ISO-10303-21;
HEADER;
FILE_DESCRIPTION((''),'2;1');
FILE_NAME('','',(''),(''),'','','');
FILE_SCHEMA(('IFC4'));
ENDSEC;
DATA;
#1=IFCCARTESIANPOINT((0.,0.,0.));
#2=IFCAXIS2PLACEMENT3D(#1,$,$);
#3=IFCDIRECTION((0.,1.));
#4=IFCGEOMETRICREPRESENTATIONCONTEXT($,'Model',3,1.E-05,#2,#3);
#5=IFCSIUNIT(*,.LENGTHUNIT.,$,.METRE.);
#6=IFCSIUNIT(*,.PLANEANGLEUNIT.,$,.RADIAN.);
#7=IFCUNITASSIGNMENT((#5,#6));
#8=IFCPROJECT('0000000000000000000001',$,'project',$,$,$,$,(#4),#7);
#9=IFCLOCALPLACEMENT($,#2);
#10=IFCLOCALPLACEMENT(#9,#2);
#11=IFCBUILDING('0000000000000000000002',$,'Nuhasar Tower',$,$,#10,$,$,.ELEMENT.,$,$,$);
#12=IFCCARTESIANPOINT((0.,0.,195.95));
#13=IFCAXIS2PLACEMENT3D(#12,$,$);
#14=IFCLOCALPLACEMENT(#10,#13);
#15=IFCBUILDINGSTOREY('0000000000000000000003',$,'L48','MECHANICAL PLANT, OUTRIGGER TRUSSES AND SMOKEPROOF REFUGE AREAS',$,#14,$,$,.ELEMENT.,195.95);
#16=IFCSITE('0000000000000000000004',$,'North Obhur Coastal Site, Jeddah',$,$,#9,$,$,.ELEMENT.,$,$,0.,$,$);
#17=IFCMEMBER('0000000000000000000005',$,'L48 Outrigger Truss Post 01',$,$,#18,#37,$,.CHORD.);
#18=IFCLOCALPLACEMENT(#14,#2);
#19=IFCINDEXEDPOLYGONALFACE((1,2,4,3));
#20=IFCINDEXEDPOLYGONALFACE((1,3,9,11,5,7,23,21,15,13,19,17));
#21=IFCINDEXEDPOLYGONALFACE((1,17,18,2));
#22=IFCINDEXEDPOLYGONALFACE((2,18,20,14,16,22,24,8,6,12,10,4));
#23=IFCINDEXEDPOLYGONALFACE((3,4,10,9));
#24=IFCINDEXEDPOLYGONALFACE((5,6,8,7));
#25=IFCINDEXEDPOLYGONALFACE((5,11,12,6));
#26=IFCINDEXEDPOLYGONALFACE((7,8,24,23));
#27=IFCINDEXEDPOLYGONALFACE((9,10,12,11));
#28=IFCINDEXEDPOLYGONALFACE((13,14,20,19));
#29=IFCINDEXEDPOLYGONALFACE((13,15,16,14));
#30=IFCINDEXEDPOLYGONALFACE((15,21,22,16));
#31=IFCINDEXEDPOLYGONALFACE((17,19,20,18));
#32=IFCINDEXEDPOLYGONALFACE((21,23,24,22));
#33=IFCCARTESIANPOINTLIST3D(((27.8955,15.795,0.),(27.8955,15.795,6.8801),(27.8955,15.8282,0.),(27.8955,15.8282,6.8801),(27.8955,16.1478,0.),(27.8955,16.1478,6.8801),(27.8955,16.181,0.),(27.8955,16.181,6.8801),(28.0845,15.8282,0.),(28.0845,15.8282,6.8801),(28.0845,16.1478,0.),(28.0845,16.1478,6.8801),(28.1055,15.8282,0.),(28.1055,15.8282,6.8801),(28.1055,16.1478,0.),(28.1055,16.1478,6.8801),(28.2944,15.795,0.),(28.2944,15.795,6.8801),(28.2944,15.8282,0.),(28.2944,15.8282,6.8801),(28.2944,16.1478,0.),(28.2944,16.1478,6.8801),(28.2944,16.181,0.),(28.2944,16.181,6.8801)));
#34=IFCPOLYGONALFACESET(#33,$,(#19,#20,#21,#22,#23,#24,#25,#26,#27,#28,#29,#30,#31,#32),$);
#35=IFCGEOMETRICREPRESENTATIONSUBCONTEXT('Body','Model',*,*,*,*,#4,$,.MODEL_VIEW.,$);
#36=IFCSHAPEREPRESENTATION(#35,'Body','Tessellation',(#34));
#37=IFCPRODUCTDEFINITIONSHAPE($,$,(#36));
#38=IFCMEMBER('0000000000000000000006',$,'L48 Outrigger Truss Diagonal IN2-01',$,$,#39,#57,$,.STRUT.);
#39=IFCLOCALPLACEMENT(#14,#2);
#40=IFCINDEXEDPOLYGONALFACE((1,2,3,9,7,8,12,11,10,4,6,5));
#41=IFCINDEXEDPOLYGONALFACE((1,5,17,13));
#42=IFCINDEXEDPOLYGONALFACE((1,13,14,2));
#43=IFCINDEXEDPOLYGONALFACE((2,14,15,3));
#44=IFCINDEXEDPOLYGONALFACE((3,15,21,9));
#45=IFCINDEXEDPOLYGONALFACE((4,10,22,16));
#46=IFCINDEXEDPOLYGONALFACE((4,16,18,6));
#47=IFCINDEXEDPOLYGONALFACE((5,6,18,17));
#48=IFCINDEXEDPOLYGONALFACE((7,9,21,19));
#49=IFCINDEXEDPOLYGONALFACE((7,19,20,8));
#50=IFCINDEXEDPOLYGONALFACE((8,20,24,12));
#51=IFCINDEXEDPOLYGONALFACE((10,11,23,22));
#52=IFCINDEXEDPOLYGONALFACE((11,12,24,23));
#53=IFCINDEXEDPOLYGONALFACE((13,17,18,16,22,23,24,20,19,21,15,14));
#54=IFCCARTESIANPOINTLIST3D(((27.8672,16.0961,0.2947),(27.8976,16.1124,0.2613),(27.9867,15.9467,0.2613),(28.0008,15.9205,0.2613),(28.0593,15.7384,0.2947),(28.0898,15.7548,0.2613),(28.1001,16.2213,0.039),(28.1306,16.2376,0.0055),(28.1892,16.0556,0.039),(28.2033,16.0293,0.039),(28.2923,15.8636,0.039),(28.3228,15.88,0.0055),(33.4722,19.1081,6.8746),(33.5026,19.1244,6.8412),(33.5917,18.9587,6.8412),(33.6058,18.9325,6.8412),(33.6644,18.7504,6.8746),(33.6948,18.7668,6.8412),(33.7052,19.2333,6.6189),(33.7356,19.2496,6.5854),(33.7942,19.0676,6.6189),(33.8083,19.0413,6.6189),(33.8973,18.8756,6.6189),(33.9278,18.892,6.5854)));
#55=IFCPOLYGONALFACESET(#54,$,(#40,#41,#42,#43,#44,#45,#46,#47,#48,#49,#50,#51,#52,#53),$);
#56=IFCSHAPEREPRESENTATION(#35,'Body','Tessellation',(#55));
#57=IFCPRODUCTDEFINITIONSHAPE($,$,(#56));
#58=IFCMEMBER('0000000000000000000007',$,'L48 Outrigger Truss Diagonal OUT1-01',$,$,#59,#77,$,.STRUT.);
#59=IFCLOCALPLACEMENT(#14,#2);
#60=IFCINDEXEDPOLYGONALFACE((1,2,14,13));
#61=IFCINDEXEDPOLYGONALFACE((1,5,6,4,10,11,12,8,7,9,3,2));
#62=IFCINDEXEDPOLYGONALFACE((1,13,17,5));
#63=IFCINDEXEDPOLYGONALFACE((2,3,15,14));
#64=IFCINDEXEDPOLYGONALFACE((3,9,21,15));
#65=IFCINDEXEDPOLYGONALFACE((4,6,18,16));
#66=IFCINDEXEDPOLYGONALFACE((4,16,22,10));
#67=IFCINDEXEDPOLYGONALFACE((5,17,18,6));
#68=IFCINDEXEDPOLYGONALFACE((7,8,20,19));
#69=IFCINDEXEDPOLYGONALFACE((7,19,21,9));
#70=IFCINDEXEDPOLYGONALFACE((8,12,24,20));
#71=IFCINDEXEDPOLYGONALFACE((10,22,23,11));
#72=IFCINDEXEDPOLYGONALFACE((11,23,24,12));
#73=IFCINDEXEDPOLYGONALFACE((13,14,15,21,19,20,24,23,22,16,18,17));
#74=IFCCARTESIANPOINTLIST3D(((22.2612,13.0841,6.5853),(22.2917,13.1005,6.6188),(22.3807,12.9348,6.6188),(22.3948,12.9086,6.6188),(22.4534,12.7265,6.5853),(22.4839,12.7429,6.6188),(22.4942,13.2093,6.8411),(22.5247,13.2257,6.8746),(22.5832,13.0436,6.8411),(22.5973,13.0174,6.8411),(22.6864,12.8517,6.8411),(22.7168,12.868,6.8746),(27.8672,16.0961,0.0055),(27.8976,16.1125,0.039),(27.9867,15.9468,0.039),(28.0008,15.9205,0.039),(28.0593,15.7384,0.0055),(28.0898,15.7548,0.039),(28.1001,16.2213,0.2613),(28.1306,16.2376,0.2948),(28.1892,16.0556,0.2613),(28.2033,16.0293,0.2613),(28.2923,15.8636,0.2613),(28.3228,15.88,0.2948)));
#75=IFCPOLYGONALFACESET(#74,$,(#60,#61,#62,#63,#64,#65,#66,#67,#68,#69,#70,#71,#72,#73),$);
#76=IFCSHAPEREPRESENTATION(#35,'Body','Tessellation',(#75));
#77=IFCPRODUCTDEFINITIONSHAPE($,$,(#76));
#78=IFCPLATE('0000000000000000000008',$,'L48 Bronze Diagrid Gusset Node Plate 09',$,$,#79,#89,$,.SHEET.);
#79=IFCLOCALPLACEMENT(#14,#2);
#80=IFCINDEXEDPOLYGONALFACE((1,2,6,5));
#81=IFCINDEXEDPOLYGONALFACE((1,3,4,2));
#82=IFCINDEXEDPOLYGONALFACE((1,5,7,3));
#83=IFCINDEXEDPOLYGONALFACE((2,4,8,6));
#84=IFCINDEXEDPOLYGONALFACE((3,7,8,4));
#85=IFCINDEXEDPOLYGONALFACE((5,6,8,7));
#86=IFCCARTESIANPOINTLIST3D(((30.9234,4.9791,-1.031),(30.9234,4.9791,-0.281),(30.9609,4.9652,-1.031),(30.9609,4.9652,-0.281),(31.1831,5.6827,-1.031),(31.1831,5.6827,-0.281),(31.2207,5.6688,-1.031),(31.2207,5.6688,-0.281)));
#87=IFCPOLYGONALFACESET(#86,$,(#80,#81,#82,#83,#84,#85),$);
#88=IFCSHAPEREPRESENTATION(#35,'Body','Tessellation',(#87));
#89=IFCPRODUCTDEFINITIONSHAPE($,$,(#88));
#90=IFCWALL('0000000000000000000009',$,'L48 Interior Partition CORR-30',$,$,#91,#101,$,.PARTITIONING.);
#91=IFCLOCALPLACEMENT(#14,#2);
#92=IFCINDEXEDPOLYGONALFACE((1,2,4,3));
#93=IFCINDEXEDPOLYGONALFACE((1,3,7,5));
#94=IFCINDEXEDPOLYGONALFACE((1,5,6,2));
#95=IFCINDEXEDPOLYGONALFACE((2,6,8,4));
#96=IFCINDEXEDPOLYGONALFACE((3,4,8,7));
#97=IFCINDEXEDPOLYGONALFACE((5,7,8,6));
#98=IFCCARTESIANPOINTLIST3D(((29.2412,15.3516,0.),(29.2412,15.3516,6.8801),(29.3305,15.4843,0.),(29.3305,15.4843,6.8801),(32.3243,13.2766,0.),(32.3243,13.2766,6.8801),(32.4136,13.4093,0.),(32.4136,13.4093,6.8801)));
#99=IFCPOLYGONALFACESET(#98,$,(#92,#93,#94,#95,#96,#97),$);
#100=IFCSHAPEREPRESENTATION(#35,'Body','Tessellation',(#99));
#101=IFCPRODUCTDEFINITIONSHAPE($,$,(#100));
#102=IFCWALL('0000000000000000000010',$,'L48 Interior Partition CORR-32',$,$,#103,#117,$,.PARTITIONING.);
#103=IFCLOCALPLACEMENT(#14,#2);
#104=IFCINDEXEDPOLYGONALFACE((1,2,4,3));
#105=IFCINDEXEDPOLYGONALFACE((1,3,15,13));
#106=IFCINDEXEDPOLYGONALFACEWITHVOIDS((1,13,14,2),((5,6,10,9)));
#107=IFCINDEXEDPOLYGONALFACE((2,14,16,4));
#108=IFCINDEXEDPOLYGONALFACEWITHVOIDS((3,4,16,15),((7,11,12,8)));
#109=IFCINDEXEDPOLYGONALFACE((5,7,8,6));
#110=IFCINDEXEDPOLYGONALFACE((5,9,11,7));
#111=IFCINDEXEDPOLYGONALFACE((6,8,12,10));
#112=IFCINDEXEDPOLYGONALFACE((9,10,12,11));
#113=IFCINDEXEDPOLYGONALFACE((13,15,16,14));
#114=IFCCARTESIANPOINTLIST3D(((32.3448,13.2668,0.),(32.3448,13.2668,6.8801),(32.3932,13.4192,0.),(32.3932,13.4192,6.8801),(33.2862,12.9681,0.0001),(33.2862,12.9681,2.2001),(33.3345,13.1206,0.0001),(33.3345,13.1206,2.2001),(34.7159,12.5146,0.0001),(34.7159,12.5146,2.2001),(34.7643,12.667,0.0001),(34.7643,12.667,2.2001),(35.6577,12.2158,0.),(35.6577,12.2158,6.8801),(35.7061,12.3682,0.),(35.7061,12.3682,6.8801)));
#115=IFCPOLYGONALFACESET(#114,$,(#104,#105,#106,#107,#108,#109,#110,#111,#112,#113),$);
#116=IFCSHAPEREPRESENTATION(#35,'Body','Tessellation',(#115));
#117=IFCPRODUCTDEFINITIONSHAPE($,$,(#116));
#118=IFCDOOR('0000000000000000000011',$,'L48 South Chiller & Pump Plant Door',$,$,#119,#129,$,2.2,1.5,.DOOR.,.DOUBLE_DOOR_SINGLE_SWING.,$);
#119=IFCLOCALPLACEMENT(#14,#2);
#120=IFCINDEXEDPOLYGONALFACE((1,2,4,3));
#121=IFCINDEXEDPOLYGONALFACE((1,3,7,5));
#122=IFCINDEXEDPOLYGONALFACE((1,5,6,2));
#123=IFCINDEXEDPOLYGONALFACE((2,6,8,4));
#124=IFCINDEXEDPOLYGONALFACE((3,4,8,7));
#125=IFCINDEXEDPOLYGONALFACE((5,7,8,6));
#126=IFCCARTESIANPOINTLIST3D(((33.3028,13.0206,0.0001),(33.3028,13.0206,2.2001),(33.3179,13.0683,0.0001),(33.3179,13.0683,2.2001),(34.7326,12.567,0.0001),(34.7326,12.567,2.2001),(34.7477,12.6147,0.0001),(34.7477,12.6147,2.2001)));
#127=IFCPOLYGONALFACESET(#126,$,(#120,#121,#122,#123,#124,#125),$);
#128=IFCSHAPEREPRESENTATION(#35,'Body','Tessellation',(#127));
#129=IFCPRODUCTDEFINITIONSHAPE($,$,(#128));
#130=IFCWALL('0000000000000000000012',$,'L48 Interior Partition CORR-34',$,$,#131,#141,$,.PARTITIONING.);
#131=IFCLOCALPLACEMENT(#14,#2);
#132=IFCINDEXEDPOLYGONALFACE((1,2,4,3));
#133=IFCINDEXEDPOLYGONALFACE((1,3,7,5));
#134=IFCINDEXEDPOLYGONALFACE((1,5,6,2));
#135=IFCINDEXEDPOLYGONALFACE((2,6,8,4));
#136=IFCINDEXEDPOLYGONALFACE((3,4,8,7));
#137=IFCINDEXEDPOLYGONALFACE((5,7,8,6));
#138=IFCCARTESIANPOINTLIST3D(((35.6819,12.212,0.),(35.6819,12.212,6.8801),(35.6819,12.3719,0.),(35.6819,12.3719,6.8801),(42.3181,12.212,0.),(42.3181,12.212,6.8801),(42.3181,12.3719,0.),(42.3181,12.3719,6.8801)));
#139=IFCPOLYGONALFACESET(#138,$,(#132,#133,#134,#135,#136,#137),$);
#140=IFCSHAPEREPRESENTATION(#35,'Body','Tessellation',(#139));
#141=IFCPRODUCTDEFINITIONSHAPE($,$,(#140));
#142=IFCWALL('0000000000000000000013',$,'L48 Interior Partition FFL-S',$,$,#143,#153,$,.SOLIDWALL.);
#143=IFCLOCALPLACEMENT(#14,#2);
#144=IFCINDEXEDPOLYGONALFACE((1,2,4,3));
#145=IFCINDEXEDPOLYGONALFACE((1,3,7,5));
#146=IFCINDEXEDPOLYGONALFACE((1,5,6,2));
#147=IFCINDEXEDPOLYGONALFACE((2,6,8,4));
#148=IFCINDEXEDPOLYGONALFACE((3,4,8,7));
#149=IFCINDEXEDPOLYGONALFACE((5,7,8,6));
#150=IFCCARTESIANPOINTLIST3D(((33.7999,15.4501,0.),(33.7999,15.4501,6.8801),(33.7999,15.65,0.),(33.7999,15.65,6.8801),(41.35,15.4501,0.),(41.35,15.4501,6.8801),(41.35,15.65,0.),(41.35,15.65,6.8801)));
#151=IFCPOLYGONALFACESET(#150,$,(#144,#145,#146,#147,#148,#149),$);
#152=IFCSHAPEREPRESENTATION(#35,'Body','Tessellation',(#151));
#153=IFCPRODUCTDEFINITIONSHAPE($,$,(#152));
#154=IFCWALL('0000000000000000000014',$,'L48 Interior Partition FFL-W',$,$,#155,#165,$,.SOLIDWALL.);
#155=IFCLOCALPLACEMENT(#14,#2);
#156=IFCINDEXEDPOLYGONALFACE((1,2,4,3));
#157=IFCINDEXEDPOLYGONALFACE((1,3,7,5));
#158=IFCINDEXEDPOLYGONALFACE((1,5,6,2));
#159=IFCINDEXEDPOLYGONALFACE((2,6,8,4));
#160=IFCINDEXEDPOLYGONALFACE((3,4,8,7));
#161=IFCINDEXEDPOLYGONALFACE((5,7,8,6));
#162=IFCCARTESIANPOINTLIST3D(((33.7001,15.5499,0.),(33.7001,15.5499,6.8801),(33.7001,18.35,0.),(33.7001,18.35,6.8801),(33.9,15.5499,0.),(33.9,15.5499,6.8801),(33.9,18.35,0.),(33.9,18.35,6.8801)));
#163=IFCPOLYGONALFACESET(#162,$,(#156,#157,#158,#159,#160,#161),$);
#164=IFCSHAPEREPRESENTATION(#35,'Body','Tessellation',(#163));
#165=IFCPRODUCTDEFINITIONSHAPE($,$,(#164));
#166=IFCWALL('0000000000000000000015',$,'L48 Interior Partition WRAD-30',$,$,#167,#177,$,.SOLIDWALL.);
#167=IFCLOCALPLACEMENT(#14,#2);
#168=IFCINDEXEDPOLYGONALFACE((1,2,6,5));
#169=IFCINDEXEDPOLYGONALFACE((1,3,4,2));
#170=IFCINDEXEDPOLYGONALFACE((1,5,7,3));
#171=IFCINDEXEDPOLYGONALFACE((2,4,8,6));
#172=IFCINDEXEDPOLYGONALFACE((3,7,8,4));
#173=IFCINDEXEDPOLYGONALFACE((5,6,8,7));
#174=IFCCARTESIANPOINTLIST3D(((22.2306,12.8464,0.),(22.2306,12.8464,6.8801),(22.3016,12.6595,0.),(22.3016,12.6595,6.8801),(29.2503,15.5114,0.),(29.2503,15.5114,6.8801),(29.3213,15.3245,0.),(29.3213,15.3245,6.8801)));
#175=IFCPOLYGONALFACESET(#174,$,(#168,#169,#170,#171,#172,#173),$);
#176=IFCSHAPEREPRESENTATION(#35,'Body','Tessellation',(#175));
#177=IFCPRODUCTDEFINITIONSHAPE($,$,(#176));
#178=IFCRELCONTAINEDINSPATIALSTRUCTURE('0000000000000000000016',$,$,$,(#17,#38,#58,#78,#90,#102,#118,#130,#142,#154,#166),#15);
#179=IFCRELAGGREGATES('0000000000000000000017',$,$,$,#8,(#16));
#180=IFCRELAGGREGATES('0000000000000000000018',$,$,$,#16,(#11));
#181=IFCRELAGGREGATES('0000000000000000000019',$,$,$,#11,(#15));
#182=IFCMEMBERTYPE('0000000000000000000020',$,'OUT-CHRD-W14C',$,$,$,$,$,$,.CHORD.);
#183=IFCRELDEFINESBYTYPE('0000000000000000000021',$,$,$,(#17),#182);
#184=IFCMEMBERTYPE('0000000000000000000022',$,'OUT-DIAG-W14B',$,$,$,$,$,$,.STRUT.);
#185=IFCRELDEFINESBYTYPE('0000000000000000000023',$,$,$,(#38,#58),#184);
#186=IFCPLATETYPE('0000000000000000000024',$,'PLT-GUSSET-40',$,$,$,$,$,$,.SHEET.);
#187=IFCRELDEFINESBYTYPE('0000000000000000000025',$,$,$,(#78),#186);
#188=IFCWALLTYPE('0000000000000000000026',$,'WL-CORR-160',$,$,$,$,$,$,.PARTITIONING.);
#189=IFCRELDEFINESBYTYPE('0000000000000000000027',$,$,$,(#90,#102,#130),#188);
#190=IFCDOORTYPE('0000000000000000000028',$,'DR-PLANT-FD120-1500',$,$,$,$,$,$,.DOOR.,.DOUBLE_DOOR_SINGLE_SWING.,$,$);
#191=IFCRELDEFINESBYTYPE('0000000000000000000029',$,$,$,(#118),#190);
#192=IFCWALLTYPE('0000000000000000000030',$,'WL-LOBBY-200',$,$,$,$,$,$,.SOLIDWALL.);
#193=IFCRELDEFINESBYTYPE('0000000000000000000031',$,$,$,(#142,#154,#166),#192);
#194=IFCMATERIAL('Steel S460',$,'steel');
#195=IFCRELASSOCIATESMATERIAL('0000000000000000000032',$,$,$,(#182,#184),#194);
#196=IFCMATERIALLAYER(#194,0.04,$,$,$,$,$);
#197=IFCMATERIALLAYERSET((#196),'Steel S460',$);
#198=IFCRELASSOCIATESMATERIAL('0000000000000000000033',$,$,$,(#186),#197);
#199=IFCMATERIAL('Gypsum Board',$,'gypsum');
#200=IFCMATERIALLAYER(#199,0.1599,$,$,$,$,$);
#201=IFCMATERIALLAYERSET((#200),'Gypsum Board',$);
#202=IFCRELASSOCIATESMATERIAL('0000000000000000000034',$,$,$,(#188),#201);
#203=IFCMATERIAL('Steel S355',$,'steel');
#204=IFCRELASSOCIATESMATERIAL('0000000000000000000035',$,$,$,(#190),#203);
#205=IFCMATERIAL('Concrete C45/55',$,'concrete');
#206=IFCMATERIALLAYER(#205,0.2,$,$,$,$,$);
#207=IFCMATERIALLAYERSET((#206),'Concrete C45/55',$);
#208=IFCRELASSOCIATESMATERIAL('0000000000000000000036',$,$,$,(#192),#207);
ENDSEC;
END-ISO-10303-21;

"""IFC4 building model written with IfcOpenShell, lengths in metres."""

from ifc_helpers import new_model, si_unit, direction, frame, frame_2d, origin, origin_2d, place, context, subcontext, project, spatial, rectangle, i_section, extrude, material, layer, layer_set, material_profile, profile_set, type_object, element, fill, save


model = new_model("IFC4")

# Units and contexts
model_context = context("Model", 3, precision=1e-05, world=origin(), true_north=direction((0.0, 1.0)))
body_context = subcontext(model_context, "Body", "Model", "MODEL_VIEW")
ifc_project = project(units=[si_unit("LENGTHUNIT", "METRE"), si_unit("PLANEANGLEUNIT", "RADIAN")], contexts=[model_context])

# Site, building, storey
site_placement = place(None, origin())
site = spatial("IfcSite", under=ifc_project, at=site_placement, Name="North Obhur Coastal Site, Jeddah", CompositionType="ELEMENT", RefElevation=0.0)
building_placement = place(site_placement, origin())
building = spatial("IfcBuilding", under=site, at=building_placement, Name="Nuhasar Tower", CompositionType="ELEMENT")
storey_placement = place(building_placement, frame((0.0, 0.0, 195.95)))
storey = spatial("IfcBuildingStorey", under=building, at=storey_placement, Name="L48", Description="MECHANICAL PLANT, OUTRIGGER TRUSSES AND SMOKEPROOF REFUGE AREAS", CompositionType="ELEMENT", Elevation=195.95)

# Shared definitions
ifc_material_1 = material(Name="Steel S460", Category="steel")

# Shared definitions
ifc_material_2 = material(Name="Steel S355", Category="steel")

# Members
ifc_material_profile_1 = material_profile(ifc_material_1, i_section(OverallWidth=0.3989, OverallDepth=0.386, WebThickness=0.021, FlangeThickness=0.0332, at=origin_2d()), Name="W14X176")
ifc_profile_set_1 = profile_set([ifc_material_profile_1], Name="Steel S460")
member_type_1 = type_object("IfcMemberType", Name="OUT-CHRD-W14C", PredefinedType="CHORD", material=ifc_profile_set_1)
member_1_placement = place(storey_placement, frame((28.095, 15.988, 0.0), z_axis=(0.0, 0.0, 1.0), x_axis=(1.0, 0.0, 0.0)))
element("IfcMember", 1, at=member_1_placement, inside=storey, type_object=member_type_1, Name="L48 Outrigger Truss Post 01", PredefinedType="CHORD", context=body_context, shape_type="SweptSolid", body=[
    extrude(i_section(OverallWidth=0.3989, OverallDepth=0.386, WebThickness=0.021, FlangeThickness=0.0332, at=origin_2d()), origin(), (0.0, 0.0, 1.0), 6.8801),
])
ifc_material_profile_2 = material_profile(ifc_material_1, i_section(OverallWidth=0.406, OverallDepth=0.416, WebThickness=0.0298, FlangeThickness=0.0481, at=origin_2d()), Name="W14X257")
ifc_profile_set_2 = profile_set([ifc_material_profile_2], Name="Steel S460")
member_type_2 = type_object("IfcMemberType", Name="OUT-DIAG-W14B", PredefinedType="STRUT", material=ifc_profile_set_2)
member_2_placement = place(storey_placement, frame((28.095, 15.988, 0.1501), z_axis=(0.612349, 0.329059, 0.718852), x_axis=(-0.473356, 0.880871, 0.0)))
element("IfcMember", 2, at=member_2_placement, inside=storey, type_object=member_type_2, Name="L48 Outrigger Truss Diagonal IN2-01", PredefinedType="STRUT", context=body_context, shape_type="SweptSolid", body=[
    extrude(i_section(OverallWidth=0.406, OverallDepth=0.416, WebThickness=0.0298, FlangeThickness=0.0481, at=origin_2d()), origin(), (0.0, 0.0, 1.0), 9.1533),
])
member_3_placement = place(storey_placement, frame((28.095, 15.988, 0.1501), z_axis=(-0.612416, -0.329038, 0.718805), x_axis=(0.473292, -0.880906, 0.0)))
element("IfcMember", 3, at=member_3_placement, inside=storey, type_object=member_type_2, Name="L48 Outrigger Truss Diagonal OUT1-01", PredefinedType="STRUT", context=body_context, shape_type="SweptSolid", body=[
    extrude(i_section(OverallWidth=0.406, OverallDepth=0.416, WebThickness=0.0298, FlangeThickness=0.0481, at=origin_2d()), origin(), (0.0, 0.0, 1.0), 9.1538),
])

# Plate
ifc_layer_1 = layer(ifc_material_1, 0.04)
ifc_layer_set_1 = layer_set([ifc_layer_1], Name="Steel S460")
plate_type = type_object("IfcPlateType", Name="PLT-GUSSET-40", PredefinedType="SHEET", material=ifc_layer_set_1)
plate_placement = place(storey_placement, frame((31.072, 5.324, -1.031), z_axis=(0.0, 0.0, 1.0), x_axis=(-0.346314, -0.938119, 0.0)))
element("IfcPlate", 4, at=plate_placement, inside=storey, type_object=plate_type, Name="L48 Bronze Diagrid Gusset Node Plate 09", PredefinedType="SHEET", context=body_context, shape_type="SweptSolid", body=[
    extrude(rectangle(XDim=0.75, YDim=0.04, at=origin_2d()), origin(), (0.0, 0.0, 1.0), 0.75),
])

# Wall
ifc_material_3 = material(Name="Gypsum Board", Category="gypsum")
ifc_layer_2 = layer(ifc_material_3, 0.1599)
ifc_layer_set_2 = layer_set([ifc_layer_2], Name="Gypsum Board")
wall_type_1 = type_object("IfcWallType", Name="WL-CORR-160", PredefinedType="PARTITIONING", material=ifc_layer_set_2)
wall_1_placement = place(storey_placement, frame((29.2859, 15.418, 0.0), z_axis=(0.0, 0.0, 1.0), x_axis=(0.829606, -0.558349, 0.0)))
element("IfcWall", 5, at=wall_1_placement, inside=storey, type_object=wall_type_1, Name="L48 Interior Partition CORR-30", PredefinedType="PARTITIONING", context=body_context, shape_type="SweptSolid", body=[
    extrude(rectangle(XDim=3.7163, YDim=0.1599, at=frame_2d((1.8582, 0.0))), origin(), (0.0, 0.0, 1.0), 6.8801),
])

# Wall, opening, door
wall_2_placement = place(storey_placement, frame((35.6819, 12.292, 0.0), z_axis=(0.0, 0.0, 1.0), x_axis=(-0.953184, 0.302392, 0.0)))
wall_2 = element("IfcWall", 6, at=wall_2_placement, inside=storey, type_object=wall_type_1, Name="L48 Interior Partition CORR-32", PredefinedType="PARTITIONING", context=body_context, shape_type="SweptSolid", body=[
    extrude(rectangle(XDim=3.4756, YDim=0.1599, at=frame_2d((1.7378, 0.0))), origin(), (0.0, 0.0, 1.0), 6.8801),
])
opening_placement = place(wall_2_placement, frame((0.988, 0.0, 0.0)))
opening = element("IfcOpeningElement", 7, at=opening_placement, cuts=wall_2, PredefinedType="OPENING", context=body_context, shape_type="SweptSolid", body=[
    extrude(rectangle(XDim=1.5, YDim=2.2, at=frame_2d((0.75, 1.1001))), frame((0.0, 0.0898, 0.0), z_axis=(0.0, -1.0, 0.0), x_axis=(1.0, 0.0, 0.0)), (0.0, 0.0, 1.0), 0.1799),
])
door_type = type_object("IfcDoorType", Name="DR-PLANT-FD120-1500", OperationType="DOUBLE_DOOR_SINGLE_SWING", PredefinedType="DOOR", material=ifc_material_2)
door_placement = place(opening_placement, origin())
door = element("IfcDoor", 8, at=door_placement, inside=storey, type_object=door_type, Name="L48 South Chiller & Pump Plant Door", OperationType="DOUBLE_DOOR_SINGLE_SWING", OverallHeight=2.2, OverallWidth=1.5, PredefinedType="DOOR", context=body_context, shape_type="SweptSolid", body=[
    extrude(rectangle(XDim=1.5, YDim=2.2, at=frame_2d((0.75, 1.1001))), frame((0.0, 0.0249, 0.0), z_axis=(0.0, -1.0, 0.0), x_axis=(1.0, 0.0, 0.0)), (0.0, 0.0, 1.0), 0.05),
])
fill(opening, door)

# Walls
wall_3_placement = place(storey_placement, frame((35.6819, 12.292, 0.0), z_axis=(0.0, 0.0, 1.0), x_axis=(1.0, 0.0, 0.0)))
element("IfcWall", 9, at=wall_3_placement, inside=storey, type_object=wall_type_1, Name="L48 Interior Partition CORR-34", PredefinedType="PARTITIONING", context=body_context, shape_type="SweptSolid", body=[
    extrude(rectangle(XDim=6.6362, YDim=0.1599, at=frame_2d((3.3181, 0.0))), origin(), (0.0, 0.0, 1.0), 6.8801),
])
ifc_material_4 = material(Name="Concrete C45/55", Category="concrete")
ifc_layer_3 = layer(ifc_material_4, 0.2)
ifc_layer_set_3 = layer_set([ifc_layer_3], Name="Concrete C45/55")
wall_type_2 = type_object("IfcWallType", Name="WL-LOBBY-200", PredefinedType="SOLIDWALL", material=ifc_layer_set_3)
wall_4_placement = place(storey_placement, frame((33.8, 15.55, 0.0), z_axis=(0.0, 0.0, 1.0), x_axis=(1.0, 0.0, 0.0)))
element("IfcWall", 10, at=wall_4_placement, inside=storey, type_object=wall_type_2, Name="L48 Interior Partition FFL-S", PredefinedType="SOLIDWALL", context=body_context, shape_type="SweptSolid", body=[
    extrude(rectangle(XDim=7.55, YDim=0.2, at=frame_2d((3.7749, 0.0))), origin(), (0.0, 0.0, 1.0), 6.8801),
])
wall_5_placement = place(storey_placement, frame((33.8, 15.55, 0.0), z_axis=(0.0, 0.0, 1.0), x_axis=(0.0, 1.0, 0.0)))
element("IfcWall", 11, at=wall_5_placement, inside=storey, type_object=wall_type_2, Name="L48 Interior Partition FFL-W", PredefinedType="SOLIDWALL", context=body_context, shape_type="SweptSolid", body=[
    extrude(rectangle(XDim=2.8, YDim=0.2, at=frame_2d((1.3999, 0.0))), origin(), (0.0, 0.0, 1.0), 6.8801),
])
wall_6_placement = place(storey_placement, frame((29.2859, 15.418, 0.0), z_axis=(0.0, 0.0, 1.0), x_axis=(-0.934893, -0.35493, 0.0)))
element("IfcWall", 12, at=wall_6_placement, inside=storey, type_object=wall_type_2, Name="L48 Interior Partition WRAD-30", PredefinedType="SOLIDWALL", context=body_context, shape_type="SweptSolid", body=[
    extrude(rectangle(XDim=7.5085, YDim=0.2, at=frame_2d((3.7544, 0.0))), origin(), (0.0, 0.0, 1.0), 6.8801),
])

save(model, "model.ifc")
